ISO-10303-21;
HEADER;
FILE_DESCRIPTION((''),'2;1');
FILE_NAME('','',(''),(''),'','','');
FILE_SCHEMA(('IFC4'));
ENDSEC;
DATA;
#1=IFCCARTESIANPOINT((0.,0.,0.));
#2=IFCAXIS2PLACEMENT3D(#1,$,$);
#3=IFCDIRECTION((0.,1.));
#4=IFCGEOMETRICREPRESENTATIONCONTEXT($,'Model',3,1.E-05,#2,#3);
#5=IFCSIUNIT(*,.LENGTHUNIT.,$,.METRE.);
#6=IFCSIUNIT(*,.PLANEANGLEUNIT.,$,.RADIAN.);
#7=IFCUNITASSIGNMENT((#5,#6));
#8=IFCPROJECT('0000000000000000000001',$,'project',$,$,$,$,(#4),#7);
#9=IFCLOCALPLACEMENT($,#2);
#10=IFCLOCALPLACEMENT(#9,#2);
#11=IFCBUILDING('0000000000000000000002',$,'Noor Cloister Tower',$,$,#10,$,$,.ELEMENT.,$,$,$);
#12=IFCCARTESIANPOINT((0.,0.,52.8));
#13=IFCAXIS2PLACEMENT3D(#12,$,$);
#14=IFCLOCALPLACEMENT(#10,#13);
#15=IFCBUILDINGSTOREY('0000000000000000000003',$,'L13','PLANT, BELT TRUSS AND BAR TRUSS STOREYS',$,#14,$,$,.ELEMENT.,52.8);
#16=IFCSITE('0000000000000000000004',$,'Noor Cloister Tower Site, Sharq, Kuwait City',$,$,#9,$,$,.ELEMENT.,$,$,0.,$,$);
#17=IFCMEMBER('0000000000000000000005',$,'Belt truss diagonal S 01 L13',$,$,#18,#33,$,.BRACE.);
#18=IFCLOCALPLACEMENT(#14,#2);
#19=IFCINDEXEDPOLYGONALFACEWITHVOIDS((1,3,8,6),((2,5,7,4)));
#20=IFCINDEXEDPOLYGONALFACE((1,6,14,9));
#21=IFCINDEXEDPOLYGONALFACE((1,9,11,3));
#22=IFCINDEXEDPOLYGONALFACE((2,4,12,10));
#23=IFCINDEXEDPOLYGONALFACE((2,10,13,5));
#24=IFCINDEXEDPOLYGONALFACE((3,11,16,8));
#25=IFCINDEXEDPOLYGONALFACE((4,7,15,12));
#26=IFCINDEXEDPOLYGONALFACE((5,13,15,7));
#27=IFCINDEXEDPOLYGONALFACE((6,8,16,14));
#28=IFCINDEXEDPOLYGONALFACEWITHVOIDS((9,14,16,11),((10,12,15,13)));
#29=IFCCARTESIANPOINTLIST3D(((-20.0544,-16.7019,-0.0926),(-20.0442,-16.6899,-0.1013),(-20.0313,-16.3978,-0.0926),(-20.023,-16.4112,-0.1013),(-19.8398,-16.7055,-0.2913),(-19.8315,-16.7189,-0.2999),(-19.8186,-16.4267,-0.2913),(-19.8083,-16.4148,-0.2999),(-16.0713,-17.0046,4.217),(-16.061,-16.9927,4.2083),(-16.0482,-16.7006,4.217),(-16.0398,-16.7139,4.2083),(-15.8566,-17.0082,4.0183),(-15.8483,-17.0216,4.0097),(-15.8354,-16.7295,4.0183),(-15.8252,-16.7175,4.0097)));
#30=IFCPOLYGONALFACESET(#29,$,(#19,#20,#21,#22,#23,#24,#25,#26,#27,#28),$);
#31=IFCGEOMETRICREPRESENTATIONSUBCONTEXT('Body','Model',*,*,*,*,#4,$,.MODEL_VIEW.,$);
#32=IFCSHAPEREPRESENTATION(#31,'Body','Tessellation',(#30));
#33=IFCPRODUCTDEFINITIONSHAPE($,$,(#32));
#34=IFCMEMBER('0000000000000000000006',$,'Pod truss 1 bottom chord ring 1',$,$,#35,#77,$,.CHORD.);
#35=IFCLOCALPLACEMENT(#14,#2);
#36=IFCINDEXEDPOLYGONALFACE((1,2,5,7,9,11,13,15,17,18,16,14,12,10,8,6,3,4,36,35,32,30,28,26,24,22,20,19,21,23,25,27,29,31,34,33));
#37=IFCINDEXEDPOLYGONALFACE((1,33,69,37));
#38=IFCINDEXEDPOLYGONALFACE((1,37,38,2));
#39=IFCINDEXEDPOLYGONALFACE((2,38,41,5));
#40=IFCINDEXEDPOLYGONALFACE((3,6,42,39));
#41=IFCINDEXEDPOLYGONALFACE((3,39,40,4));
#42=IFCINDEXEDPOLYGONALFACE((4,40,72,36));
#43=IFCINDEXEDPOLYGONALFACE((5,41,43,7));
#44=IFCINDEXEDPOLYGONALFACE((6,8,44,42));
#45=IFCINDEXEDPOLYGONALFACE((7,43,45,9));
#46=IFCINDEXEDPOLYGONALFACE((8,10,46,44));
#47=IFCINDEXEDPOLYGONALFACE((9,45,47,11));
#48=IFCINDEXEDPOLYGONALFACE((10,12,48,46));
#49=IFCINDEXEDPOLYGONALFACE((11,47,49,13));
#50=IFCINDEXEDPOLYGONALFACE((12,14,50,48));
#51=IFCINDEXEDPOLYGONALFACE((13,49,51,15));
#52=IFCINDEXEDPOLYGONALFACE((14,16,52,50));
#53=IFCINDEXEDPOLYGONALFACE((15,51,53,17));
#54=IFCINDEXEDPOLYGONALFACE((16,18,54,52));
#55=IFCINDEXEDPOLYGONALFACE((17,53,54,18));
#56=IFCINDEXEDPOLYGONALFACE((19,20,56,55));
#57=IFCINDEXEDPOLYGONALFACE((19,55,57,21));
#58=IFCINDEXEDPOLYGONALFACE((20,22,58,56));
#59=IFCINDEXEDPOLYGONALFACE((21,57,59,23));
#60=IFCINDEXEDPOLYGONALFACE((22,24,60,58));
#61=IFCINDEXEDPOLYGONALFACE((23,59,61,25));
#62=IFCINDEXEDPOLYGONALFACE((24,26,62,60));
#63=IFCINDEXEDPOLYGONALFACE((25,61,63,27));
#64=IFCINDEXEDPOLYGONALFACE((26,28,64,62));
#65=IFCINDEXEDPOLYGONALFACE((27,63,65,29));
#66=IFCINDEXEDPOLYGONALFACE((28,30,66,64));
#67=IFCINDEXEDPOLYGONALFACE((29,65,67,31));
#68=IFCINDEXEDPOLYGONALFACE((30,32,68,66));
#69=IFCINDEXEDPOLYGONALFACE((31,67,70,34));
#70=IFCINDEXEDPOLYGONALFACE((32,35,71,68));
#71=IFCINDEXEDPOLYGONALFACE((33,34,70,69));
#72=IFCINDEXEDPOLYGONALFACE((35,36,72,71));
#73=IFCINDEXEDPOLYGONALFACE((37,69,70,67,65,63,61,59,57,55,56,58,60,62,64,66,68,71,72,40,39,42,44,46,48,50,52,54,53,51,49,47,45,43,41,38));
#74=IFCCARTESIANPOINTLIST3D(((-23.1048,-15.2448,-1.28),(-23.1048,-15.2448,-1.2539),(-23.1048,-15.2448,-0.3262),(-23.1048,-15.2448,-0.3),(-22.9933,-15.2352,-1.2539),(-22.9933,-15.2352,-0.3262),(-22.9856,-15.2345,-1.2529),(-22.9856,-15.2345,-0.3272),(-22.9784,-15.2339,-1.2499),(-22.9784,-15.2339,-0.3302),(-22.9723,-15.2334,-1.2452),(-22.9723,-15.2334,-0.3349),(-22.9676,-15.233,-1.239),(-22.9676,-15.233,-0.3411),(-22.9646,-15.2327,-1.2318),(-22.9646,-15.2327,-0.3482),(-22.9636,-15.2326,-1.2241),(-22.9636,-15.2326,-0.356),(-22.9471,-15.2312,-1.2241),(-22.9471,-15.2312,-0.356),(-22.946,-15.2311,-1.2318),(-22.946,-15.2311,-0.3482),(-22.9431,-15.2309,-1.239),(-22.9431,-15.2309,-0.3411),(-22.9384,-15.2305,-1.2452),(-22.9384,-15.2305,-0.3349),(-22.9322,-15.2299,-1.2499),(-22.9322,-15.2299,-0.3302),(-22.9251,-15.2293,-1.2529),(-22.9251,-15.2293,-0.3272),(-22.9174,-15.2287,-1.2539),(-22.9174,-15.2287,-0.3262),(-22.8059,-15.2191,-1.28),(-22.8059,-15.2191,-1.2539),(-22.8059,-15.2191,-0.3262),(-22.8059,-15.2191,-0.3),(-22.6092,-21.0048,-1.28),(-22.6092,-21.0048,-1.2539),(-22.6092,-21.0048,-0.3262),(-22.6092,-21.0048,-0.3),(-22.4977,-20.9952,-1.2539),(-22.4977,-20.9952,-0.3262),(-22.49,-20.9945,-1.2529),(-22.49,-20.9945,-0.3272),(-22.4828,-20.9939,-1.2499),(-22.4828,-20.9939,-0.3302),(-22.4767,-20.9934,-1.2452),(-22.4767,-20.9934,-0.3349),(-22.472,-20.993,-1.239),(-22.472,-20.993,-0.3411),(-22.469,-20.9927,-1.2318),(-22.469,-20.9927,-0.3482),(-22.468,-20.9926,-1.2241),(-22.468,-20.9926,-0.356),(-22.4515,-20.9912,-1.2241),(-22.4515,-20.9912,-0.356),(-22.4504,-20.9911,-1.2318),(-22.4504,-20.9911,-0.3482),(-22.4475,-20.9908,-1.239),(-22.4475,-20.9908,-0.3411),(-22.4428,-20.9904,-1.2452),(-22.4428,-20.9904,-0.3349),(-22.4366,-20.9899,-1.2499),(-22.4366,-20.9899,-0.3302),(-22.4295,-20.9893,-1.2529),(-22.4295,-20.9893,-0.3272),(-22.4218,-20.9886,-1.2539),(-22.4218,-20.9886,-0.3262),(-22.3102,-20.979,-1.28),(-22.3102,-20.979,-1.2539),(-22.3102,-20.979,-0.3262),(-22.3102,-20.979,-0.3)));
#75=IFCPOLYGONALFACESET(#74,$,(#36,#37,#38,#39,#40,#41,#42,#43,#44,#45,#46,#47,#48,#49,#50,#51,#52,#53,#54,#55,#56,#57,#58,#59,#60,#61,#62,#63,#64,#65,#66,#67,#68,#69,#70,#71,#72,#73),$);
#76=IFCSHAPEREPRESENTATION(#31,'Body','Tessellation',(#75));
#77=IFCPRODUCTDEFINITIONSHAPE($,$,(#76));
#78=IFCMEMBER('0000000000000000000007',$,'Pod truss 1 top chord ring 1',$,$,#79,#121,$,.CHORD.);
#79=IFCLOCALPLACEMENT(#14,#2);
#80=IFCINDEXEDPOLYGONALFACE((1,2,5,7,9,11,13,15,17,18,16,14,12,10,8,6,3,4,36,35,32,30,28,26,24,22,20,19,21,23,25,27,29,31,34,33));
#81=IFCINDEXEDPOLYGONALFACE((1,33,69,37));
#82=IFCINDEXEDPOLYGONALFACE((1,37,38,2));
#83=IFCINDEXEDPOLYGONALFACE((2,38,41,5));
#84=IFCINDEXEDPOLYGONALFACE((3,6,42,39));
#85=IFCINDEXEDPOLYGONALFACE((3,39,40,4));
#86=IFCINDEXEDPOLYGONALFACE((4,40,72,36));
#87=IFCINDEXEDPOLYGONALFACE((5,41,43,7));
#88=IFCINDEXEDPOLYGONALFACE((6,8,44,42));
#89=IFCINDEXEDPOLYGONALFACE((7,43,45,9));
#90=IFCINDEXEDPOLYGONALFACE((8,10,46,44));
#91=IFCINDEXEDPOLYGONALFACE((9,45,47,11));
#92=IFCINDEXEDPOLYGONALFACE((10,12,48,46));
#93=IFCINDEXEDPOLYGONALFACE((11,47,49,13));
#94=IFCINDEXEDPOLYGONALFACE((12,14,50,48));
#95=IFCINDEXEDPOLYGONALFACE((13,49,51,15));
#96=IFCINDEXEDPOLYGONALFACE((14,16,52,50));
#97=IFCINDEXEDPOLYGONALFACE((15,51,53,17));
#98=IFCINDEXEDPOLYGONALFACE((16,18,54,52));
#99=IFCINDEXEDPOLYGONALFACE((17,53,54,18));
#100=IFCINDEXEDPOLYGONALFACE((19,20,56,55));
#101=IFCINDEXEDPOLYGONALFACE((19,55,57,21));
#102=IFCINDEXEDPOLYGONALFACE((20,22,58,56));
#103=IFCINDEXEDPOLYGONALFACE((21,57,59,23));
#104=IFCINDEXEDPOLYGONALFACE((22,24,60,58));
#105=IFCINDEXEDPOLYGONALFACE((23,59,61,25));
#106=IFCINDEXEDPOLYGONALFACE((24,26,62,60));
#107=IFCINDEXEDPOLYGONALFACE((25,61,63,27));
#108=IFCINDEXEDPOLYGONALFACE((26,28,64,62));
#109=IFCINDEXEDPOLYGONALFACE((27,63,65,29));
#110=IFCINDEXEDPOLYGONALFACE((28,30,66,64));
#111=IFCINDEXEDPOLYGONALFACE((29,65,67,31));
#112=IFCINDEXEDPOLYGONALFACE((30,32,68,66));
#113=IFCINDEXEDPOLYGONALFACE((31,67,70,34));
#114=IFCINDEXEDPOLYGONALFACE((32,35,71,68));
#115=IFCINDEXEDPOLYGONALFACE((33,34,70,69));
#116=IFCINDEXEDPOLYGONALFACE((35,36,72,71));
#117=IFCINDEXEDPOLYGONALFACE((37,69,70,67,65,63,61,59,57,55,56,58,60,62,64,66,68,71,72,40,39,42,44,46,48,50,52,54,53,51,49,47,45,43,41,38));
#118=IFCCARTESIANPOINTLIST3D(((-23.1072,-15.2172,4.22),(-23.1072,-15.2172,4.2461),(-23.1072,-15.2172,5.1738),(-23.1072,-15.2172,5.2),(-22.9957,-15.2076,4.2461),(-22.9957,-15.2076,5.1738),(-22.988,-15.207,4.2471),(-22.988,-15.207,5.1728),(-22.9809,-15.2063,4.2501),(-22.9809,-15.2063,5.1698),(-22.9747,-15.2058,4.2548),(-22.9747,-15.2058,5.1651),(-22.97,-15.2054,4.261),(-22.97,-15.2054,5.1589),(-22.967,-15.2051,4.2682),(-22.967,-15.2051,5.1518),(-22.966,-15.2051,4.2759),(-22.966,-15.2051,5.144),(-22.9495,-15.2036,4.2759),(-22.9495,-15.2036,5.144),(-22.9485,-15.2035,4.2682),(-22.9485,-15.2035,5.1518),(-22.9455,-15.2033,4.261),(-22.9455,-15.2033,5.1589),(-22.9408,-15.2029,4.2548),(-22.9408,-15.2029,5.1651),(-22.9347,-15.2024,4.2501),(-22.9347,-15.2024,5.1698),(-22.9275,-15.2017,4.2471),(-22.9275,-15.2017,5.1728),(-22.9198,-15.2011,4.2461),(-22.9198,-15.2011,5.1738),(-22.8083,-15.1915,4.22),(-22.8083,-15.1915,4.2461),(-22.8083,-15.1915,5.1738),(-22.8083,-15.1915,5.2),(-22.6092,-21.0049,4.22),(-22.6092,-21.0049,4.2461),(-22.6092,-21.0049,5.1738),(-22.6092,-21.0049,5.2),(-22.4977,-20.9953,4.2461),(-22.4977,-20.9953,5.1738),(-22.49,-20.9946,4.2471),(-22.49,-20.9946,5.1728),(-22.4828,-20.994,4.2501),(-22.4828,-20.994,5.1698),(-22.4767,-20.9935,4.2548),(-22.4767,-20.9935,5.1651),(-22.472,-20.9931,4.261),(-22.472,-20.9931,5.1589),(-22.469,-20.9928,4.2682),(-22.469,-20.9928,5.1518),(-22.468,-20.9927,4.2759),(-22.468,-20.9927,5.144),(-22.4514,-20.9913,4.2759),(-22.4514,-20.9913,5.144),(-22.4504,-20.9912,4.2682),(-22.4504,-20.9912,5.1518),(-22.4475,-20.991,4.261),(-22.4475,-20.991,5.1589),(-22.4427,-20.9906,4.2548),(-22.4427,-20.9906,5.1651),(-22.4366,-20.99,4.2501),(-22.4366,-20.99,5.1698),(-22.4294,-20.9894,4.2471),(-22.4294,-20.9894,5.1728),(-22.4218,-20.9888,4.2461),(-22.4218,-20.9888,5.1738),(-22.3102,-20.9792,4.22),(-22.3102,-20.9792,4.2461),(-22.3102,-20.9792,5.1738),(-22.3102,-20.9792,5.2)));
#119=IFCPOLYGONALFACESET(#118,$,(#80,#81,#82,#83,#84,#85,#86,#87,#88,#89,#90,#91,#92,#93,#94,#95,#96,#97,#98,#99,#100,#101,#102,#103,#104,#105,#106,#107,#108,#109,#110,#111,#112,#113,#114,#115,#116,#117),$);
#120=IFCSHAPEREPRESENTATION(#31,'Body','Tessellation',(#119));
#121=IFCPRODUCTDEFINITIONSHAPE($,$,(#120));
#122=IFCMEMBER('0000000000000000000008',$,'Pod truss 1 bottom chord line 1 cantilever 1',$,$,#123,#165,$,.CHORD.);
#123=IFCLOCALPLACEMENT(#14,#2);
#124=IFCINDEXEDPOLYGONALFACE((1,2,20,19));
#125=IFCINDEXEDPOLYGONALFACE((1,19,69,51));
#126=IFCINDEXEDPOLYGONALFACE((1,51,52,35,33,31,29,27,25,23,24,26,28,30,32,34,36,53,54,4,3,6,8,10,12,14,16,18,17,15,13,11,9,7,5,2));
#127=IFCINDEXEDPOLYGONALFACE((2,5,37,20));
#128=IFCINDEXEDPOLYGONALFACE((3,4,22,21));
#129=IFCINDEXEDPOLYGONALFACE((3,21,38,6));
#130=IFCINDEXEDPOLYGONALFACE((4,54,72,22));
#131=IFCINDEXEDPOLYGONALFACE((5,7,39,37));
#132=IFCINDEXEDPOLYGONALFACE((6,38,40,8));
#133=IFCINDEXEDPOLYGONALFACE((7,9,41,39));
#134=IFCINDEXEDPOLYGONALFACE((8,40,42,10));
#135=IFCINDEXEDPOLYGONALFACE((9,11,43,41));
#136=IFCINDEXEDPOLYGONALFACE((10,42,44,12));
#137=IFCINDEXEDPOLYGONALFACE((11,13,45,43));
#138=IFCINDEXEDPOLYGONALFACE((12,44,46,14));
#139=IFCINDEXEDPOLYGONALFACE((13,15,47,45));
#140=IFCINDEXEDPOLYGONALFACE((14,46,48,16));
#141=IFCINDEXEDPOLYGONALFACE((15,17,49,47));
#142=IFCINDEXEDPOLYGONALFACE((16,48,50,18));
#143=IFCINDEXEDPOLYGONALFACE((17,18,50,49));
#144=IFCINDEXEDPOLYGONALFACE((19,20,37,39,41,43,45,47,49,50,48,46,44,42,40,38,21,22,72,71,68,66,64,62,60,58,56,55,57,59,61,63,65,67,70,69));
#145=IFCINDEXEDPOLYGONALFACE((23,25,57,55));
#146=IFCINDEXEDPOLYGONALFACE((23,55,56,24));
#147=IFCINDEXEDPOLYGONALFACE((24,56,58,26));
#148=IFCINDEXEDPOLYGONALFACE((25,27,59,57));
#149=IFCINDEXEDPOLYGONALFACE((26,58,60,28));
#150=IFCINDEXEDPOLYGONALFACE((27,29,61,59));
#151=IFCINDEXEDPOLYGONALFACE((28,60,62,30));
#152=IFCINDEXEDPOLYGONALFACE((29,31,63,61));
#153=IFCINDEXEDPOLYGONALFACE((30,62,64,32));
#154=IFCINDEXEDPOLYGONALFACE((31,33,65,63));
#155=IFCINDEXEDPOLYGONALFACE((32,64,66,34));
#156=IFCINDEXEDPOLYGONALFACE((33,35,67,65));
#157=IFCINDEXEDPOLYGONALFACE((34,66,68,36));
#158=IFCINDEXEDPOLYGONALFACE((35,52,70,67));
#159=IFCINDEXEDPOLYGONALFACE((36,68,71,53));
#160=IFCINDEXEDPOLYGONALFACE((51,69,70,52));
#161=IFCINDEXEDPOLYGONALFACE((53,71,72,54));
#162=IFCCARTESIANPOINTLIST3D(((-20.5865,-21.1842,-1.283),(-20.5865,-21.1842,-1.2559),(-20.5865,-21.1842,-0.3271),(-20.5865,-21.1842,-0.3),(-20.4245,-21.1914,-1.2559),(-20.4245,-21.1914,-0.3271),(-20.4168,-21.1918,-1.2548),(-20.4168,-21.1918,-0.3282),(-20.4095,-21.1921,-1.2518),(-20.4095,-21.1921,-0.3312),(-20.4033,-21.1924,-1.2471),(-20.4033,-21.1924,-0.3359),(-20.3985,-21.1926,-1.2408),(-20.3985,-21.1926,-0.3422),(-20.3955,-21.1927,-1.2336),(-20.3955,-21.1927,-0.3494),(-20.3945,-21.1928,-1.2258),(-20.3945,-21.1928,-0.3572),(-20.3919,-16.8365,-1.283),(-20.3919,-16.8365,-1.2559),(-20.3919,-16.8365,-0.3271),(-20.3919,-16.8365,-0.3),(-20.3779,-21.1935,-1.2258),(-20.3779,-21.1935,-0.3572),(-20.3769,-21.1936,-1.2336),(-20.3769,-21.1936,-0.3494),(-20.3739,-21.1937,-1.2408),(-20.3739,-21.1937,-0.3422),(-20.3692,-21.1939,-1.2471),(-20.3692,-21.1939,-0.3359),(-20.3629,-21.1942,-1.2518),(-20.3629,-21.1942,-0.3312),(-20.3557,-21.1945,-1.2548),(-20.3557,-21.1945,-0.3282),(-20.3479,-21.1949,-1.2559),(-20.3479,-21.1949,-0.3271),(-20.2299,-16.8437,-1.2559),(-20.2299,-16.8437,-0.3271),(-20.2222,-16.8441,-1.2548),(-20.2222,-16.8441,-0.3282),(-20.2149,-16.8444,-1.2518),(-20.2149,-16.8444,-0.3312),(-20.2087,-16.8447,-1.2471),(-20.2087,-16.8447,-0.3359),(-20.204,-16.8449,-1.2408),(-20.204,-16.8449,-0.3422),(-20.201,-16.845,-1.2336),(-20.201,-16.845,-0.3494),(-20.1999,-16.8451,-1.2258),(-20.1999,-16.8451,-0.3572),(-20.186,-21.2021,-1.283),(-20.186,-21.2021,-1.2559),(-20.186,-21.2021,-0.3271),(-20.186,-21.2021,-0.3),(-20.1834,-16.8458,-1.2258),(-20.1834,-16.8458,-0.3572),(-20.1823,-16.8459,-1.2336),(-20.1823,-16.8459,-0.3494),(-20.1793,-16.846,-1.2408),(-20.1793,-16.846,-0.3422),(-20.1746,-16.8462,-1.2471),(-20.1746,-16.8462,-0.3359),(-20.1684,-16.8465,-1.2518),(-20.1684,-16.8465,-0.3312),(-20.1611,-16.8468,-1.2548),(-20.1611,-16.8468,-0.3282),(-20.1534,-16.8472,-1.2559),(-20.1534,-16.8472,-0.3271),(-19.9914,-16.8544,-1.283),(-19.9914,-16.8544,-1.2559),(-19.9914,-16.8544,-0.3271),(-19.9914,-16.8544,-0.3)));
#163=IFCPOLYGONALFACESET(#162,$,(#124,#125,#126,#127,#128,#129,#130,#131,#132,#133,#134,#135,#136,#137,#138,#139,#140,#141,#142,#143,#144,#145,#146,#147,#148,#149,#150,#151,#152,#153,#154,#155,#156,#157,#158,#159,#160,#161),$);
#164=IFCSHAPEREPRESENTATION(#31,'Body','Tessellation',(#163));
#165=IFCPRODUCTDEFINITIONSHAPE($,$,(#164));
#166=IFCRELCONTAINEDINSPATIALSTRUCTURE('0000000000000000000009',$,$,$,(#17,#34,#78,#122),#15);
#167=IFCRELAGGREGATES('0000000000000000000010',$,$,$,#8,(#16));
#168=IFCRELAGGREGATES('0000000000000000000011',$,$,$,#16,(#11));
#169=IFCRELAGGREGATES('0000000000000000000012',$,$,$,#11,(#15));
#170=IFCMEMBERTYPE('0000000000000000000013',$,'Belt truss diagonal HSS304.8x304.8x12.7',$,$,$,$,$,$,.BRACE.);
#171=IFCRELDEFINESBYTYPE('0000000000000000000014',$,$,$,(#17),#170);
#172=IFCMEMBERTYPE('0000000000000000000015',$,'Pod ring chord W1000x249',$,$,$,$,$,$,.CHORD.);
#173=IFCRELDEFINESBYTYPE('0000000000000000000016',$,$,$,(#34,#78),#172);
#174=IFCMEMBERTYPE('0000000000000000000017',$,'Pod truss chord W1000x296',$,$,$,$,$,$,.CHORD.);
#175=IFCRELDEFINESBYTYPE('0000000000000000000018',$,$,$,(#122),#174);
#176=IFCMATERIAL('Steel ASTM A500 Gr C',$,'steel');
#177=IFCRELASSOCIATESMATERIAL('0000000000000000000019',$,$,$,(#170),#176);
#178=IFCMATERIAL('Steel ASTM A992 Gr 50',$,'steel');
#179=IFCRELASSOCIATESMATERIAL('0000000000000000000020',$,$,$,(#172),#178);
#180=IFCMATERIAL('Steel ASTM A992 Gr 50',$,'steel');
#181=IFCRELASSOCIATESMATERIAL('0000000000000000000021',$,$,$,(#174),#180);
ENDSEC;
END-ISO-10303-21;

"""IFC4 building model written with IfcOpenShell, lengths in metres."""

from ifc_helpers import new_model, si_unit, direction, frame, origin, origin_2d, place, context, subcontext, project, spatial, hollow_rectangle, i_section, extrude, material, material_profile, profile_set, type_object, element, save


model = new_model("IFC4")

# Units and contexts
model_context = context("Model", 3, precision=1e-05, world=origin(), true_north=direction((0.0, 1.0)))
body_context = subcontext(model_context, "Body", "Model", "MODEL_VIEW")
ifc_project = project(units=[si_unit("LENGTHUNIT", "METRE"), si_unit("PLANEANGLEUNIT", "RADIAN")], contexts=[model_context])

# Site, building, storey
site_placement = place(None, origin())
site = spatial("IfcSite", under=ifc_project, at=site_placement, Name="Noor Cloister Tower Site, Sharq, Kuwait City", CompositionType="ELEMENT", RefElevation=0.0)
building_placement = place(site_placement, origin())
building = spatial("IfcBuilding", under=site, at=building_placement, Name="Noor Cloister Tower", CompositionType="ELEMENT")
storey_placement = place(building_placement, frame((0.0, 0.0, 52.8)))
storey = spatial("IfcBuildingStorey", under=building, at=storey_placement, Name="L13", Description="PLANT, BELT TRUSS AND BAR TRUSS STOREYS", CompositionType="ELEMENT", Elevation=52.8)

# Members
ifc_material_1 = material(Name="Steel ASTM A500 Gr C", Category="steel")
ifc_material_profile_1 = material_profile(ifc_material_1, hollow_rectangle(XDim=0.3049, YDim=0.3049, WallThickness=0.0127, at=origin_2d()), Name="HSS304.8x304.8x12.7")
ifc_profile_set_1 = profile_set([ifc_material_profile_1], Name="Steel ASTM A500 Gr C")
member_type_1 = type_object("IfcMemberType", Name="Belt truss diagonal HSS304.8x304.8x12.7", PredefinedType="BRACE", material=ifc_profile_set_1)
member_1_placement = place(storey_placement, frame((-19.9314, -16.5583, -0.1963), z_axis=(0.677847, -0.051519, 0.733396), x_axis=(0.075785, 0.997124, 0.0)))
element("IfcMember", 1, at=member_1_placement, inside=storey, type_object=member_type_1, Name="Belt truss diagonal S 01 L13", PredefinedType="BRACE", context=body_context, shape_type="SweptSolid", body=[
    extrude(hollow_rectangle(XDim=0.3049, YDim=0.3049, WallThickness=0.0127, at=origin_2d()), origin(), (0.0, 0.0, 1.0), 5.8762),
])
ifc_material_2 = material(Name="Steel ASTM A992 Gr 50", Category="steel")
ifc_material_profile_2 = material_profile(ifc_material_2, i_section(OverallWidth=0.3, OverallDepth=0.98, WebThickness=0.0166, FlangeThickness=0.0261, FilletRadius=0.0298, at=origin_2d()), Name="W1000x249")
ifc_profile_set_2 = profile_set([ifc_material_profile_2], Name="Steel ASTM A992 Gr 50")
member_type_2 = type_object("IfcMemberType", Name="Pod ring chord W1000x249", PredefinedType="CHORD", material=ifc_profile_set_2)
member_2_placement = place(storey_placement, frame((-22.9553, -15.2319, -0.79), z_axis=(0.085726, -0.996319, 0.0), x_axis=(0.996319, 0.085726, 0.0)))
element("IfcMember", 2, at=member_2_placement, inside=storey, type_object=member_type_2, Name="Pod truss 1 bottom chord ring 1", PredefinedType="CHORD", context=body_context, shape_type="SweptSolid", body=[
    extrude(i_section(OverallWidth=0.3, OverallDepth=0.98, WebThickness=0.0166, FlangeThickness=0.0261, FilletRadius=0.0298, at=origin_2d()), origin(), (0.0, 0.0, 1.0), 5.7812),
])
member_3_placement = place(storey_placement, frame((-22.9578, -15.2043, 4.71), z_axis=(0.085737, -0.996318, 0.0), x_axis=(0.996318, 0.085737, 0.0)))
element("IfcMember", 3, at=member_3_placement, inside=storey, type_object=member_type_2, Name="Pod truss 1 top chord ring 1", PredefinedType="CHORD", context=body_context, shape_type="SweptSolid", body=[
    extrude(i_section(OverallWidth=0.3, OverallDepth=0.98, WebThickness=0.0166, FlangeThickness=0.0261, FilletRadius=0.0298, at=origin_2d()), origin(), (0.0, 0.0, 1.0), 5.8091),
])
ifc_material_3 = material(Name="Steel ASTM A992 Gr 50", Category="steel")
ifc_material_profile_3 = material_profile(ifc_material_3, i_section(OverallWidth=0.4009, OverallDepth=0.9829, WebThickness=0.0166, FlangeThickness=0.0271, FilletRadius=0.03, at=origin_2d()), Name="W1000x296")
ifc_profile_set_3 = profile_set([ifc_material_profile_3], Name="Steel ASTM A992 Gr 50")
member_type_3 = type_object("IfcMemberType", Name="Pod truss chord W1000x296", PredefinedType="CHORD", material=ifc_profile_set_3)
member_4_placement = place(storey_placement, frame((-20.1917, -16.8455, -0.7915), z_axis=(-0.04471, -0.999, 0.0), x_axis=(0.999, -0.04471, 0.0)))
element("IfcMember", 4, at=member_4_placement, inside=storey, type_object=member_type_3, Name="Pod truss 1 bottom chord line 1 cantilever 1", PredefinedType="CHORD", context=body_context, shape_type="SweptSolid", body=[
    extrude(i_section(OverallWidth=0.4009, OverallDepth=0.9829, WebThickness=0.0166, FlangeThickness=0.0271, FilletRadius=0.03, at=origin_2d()), origin(), (0.0, 0.0, 1.0), 4.3521),
])

save(model, "model.ifc")
